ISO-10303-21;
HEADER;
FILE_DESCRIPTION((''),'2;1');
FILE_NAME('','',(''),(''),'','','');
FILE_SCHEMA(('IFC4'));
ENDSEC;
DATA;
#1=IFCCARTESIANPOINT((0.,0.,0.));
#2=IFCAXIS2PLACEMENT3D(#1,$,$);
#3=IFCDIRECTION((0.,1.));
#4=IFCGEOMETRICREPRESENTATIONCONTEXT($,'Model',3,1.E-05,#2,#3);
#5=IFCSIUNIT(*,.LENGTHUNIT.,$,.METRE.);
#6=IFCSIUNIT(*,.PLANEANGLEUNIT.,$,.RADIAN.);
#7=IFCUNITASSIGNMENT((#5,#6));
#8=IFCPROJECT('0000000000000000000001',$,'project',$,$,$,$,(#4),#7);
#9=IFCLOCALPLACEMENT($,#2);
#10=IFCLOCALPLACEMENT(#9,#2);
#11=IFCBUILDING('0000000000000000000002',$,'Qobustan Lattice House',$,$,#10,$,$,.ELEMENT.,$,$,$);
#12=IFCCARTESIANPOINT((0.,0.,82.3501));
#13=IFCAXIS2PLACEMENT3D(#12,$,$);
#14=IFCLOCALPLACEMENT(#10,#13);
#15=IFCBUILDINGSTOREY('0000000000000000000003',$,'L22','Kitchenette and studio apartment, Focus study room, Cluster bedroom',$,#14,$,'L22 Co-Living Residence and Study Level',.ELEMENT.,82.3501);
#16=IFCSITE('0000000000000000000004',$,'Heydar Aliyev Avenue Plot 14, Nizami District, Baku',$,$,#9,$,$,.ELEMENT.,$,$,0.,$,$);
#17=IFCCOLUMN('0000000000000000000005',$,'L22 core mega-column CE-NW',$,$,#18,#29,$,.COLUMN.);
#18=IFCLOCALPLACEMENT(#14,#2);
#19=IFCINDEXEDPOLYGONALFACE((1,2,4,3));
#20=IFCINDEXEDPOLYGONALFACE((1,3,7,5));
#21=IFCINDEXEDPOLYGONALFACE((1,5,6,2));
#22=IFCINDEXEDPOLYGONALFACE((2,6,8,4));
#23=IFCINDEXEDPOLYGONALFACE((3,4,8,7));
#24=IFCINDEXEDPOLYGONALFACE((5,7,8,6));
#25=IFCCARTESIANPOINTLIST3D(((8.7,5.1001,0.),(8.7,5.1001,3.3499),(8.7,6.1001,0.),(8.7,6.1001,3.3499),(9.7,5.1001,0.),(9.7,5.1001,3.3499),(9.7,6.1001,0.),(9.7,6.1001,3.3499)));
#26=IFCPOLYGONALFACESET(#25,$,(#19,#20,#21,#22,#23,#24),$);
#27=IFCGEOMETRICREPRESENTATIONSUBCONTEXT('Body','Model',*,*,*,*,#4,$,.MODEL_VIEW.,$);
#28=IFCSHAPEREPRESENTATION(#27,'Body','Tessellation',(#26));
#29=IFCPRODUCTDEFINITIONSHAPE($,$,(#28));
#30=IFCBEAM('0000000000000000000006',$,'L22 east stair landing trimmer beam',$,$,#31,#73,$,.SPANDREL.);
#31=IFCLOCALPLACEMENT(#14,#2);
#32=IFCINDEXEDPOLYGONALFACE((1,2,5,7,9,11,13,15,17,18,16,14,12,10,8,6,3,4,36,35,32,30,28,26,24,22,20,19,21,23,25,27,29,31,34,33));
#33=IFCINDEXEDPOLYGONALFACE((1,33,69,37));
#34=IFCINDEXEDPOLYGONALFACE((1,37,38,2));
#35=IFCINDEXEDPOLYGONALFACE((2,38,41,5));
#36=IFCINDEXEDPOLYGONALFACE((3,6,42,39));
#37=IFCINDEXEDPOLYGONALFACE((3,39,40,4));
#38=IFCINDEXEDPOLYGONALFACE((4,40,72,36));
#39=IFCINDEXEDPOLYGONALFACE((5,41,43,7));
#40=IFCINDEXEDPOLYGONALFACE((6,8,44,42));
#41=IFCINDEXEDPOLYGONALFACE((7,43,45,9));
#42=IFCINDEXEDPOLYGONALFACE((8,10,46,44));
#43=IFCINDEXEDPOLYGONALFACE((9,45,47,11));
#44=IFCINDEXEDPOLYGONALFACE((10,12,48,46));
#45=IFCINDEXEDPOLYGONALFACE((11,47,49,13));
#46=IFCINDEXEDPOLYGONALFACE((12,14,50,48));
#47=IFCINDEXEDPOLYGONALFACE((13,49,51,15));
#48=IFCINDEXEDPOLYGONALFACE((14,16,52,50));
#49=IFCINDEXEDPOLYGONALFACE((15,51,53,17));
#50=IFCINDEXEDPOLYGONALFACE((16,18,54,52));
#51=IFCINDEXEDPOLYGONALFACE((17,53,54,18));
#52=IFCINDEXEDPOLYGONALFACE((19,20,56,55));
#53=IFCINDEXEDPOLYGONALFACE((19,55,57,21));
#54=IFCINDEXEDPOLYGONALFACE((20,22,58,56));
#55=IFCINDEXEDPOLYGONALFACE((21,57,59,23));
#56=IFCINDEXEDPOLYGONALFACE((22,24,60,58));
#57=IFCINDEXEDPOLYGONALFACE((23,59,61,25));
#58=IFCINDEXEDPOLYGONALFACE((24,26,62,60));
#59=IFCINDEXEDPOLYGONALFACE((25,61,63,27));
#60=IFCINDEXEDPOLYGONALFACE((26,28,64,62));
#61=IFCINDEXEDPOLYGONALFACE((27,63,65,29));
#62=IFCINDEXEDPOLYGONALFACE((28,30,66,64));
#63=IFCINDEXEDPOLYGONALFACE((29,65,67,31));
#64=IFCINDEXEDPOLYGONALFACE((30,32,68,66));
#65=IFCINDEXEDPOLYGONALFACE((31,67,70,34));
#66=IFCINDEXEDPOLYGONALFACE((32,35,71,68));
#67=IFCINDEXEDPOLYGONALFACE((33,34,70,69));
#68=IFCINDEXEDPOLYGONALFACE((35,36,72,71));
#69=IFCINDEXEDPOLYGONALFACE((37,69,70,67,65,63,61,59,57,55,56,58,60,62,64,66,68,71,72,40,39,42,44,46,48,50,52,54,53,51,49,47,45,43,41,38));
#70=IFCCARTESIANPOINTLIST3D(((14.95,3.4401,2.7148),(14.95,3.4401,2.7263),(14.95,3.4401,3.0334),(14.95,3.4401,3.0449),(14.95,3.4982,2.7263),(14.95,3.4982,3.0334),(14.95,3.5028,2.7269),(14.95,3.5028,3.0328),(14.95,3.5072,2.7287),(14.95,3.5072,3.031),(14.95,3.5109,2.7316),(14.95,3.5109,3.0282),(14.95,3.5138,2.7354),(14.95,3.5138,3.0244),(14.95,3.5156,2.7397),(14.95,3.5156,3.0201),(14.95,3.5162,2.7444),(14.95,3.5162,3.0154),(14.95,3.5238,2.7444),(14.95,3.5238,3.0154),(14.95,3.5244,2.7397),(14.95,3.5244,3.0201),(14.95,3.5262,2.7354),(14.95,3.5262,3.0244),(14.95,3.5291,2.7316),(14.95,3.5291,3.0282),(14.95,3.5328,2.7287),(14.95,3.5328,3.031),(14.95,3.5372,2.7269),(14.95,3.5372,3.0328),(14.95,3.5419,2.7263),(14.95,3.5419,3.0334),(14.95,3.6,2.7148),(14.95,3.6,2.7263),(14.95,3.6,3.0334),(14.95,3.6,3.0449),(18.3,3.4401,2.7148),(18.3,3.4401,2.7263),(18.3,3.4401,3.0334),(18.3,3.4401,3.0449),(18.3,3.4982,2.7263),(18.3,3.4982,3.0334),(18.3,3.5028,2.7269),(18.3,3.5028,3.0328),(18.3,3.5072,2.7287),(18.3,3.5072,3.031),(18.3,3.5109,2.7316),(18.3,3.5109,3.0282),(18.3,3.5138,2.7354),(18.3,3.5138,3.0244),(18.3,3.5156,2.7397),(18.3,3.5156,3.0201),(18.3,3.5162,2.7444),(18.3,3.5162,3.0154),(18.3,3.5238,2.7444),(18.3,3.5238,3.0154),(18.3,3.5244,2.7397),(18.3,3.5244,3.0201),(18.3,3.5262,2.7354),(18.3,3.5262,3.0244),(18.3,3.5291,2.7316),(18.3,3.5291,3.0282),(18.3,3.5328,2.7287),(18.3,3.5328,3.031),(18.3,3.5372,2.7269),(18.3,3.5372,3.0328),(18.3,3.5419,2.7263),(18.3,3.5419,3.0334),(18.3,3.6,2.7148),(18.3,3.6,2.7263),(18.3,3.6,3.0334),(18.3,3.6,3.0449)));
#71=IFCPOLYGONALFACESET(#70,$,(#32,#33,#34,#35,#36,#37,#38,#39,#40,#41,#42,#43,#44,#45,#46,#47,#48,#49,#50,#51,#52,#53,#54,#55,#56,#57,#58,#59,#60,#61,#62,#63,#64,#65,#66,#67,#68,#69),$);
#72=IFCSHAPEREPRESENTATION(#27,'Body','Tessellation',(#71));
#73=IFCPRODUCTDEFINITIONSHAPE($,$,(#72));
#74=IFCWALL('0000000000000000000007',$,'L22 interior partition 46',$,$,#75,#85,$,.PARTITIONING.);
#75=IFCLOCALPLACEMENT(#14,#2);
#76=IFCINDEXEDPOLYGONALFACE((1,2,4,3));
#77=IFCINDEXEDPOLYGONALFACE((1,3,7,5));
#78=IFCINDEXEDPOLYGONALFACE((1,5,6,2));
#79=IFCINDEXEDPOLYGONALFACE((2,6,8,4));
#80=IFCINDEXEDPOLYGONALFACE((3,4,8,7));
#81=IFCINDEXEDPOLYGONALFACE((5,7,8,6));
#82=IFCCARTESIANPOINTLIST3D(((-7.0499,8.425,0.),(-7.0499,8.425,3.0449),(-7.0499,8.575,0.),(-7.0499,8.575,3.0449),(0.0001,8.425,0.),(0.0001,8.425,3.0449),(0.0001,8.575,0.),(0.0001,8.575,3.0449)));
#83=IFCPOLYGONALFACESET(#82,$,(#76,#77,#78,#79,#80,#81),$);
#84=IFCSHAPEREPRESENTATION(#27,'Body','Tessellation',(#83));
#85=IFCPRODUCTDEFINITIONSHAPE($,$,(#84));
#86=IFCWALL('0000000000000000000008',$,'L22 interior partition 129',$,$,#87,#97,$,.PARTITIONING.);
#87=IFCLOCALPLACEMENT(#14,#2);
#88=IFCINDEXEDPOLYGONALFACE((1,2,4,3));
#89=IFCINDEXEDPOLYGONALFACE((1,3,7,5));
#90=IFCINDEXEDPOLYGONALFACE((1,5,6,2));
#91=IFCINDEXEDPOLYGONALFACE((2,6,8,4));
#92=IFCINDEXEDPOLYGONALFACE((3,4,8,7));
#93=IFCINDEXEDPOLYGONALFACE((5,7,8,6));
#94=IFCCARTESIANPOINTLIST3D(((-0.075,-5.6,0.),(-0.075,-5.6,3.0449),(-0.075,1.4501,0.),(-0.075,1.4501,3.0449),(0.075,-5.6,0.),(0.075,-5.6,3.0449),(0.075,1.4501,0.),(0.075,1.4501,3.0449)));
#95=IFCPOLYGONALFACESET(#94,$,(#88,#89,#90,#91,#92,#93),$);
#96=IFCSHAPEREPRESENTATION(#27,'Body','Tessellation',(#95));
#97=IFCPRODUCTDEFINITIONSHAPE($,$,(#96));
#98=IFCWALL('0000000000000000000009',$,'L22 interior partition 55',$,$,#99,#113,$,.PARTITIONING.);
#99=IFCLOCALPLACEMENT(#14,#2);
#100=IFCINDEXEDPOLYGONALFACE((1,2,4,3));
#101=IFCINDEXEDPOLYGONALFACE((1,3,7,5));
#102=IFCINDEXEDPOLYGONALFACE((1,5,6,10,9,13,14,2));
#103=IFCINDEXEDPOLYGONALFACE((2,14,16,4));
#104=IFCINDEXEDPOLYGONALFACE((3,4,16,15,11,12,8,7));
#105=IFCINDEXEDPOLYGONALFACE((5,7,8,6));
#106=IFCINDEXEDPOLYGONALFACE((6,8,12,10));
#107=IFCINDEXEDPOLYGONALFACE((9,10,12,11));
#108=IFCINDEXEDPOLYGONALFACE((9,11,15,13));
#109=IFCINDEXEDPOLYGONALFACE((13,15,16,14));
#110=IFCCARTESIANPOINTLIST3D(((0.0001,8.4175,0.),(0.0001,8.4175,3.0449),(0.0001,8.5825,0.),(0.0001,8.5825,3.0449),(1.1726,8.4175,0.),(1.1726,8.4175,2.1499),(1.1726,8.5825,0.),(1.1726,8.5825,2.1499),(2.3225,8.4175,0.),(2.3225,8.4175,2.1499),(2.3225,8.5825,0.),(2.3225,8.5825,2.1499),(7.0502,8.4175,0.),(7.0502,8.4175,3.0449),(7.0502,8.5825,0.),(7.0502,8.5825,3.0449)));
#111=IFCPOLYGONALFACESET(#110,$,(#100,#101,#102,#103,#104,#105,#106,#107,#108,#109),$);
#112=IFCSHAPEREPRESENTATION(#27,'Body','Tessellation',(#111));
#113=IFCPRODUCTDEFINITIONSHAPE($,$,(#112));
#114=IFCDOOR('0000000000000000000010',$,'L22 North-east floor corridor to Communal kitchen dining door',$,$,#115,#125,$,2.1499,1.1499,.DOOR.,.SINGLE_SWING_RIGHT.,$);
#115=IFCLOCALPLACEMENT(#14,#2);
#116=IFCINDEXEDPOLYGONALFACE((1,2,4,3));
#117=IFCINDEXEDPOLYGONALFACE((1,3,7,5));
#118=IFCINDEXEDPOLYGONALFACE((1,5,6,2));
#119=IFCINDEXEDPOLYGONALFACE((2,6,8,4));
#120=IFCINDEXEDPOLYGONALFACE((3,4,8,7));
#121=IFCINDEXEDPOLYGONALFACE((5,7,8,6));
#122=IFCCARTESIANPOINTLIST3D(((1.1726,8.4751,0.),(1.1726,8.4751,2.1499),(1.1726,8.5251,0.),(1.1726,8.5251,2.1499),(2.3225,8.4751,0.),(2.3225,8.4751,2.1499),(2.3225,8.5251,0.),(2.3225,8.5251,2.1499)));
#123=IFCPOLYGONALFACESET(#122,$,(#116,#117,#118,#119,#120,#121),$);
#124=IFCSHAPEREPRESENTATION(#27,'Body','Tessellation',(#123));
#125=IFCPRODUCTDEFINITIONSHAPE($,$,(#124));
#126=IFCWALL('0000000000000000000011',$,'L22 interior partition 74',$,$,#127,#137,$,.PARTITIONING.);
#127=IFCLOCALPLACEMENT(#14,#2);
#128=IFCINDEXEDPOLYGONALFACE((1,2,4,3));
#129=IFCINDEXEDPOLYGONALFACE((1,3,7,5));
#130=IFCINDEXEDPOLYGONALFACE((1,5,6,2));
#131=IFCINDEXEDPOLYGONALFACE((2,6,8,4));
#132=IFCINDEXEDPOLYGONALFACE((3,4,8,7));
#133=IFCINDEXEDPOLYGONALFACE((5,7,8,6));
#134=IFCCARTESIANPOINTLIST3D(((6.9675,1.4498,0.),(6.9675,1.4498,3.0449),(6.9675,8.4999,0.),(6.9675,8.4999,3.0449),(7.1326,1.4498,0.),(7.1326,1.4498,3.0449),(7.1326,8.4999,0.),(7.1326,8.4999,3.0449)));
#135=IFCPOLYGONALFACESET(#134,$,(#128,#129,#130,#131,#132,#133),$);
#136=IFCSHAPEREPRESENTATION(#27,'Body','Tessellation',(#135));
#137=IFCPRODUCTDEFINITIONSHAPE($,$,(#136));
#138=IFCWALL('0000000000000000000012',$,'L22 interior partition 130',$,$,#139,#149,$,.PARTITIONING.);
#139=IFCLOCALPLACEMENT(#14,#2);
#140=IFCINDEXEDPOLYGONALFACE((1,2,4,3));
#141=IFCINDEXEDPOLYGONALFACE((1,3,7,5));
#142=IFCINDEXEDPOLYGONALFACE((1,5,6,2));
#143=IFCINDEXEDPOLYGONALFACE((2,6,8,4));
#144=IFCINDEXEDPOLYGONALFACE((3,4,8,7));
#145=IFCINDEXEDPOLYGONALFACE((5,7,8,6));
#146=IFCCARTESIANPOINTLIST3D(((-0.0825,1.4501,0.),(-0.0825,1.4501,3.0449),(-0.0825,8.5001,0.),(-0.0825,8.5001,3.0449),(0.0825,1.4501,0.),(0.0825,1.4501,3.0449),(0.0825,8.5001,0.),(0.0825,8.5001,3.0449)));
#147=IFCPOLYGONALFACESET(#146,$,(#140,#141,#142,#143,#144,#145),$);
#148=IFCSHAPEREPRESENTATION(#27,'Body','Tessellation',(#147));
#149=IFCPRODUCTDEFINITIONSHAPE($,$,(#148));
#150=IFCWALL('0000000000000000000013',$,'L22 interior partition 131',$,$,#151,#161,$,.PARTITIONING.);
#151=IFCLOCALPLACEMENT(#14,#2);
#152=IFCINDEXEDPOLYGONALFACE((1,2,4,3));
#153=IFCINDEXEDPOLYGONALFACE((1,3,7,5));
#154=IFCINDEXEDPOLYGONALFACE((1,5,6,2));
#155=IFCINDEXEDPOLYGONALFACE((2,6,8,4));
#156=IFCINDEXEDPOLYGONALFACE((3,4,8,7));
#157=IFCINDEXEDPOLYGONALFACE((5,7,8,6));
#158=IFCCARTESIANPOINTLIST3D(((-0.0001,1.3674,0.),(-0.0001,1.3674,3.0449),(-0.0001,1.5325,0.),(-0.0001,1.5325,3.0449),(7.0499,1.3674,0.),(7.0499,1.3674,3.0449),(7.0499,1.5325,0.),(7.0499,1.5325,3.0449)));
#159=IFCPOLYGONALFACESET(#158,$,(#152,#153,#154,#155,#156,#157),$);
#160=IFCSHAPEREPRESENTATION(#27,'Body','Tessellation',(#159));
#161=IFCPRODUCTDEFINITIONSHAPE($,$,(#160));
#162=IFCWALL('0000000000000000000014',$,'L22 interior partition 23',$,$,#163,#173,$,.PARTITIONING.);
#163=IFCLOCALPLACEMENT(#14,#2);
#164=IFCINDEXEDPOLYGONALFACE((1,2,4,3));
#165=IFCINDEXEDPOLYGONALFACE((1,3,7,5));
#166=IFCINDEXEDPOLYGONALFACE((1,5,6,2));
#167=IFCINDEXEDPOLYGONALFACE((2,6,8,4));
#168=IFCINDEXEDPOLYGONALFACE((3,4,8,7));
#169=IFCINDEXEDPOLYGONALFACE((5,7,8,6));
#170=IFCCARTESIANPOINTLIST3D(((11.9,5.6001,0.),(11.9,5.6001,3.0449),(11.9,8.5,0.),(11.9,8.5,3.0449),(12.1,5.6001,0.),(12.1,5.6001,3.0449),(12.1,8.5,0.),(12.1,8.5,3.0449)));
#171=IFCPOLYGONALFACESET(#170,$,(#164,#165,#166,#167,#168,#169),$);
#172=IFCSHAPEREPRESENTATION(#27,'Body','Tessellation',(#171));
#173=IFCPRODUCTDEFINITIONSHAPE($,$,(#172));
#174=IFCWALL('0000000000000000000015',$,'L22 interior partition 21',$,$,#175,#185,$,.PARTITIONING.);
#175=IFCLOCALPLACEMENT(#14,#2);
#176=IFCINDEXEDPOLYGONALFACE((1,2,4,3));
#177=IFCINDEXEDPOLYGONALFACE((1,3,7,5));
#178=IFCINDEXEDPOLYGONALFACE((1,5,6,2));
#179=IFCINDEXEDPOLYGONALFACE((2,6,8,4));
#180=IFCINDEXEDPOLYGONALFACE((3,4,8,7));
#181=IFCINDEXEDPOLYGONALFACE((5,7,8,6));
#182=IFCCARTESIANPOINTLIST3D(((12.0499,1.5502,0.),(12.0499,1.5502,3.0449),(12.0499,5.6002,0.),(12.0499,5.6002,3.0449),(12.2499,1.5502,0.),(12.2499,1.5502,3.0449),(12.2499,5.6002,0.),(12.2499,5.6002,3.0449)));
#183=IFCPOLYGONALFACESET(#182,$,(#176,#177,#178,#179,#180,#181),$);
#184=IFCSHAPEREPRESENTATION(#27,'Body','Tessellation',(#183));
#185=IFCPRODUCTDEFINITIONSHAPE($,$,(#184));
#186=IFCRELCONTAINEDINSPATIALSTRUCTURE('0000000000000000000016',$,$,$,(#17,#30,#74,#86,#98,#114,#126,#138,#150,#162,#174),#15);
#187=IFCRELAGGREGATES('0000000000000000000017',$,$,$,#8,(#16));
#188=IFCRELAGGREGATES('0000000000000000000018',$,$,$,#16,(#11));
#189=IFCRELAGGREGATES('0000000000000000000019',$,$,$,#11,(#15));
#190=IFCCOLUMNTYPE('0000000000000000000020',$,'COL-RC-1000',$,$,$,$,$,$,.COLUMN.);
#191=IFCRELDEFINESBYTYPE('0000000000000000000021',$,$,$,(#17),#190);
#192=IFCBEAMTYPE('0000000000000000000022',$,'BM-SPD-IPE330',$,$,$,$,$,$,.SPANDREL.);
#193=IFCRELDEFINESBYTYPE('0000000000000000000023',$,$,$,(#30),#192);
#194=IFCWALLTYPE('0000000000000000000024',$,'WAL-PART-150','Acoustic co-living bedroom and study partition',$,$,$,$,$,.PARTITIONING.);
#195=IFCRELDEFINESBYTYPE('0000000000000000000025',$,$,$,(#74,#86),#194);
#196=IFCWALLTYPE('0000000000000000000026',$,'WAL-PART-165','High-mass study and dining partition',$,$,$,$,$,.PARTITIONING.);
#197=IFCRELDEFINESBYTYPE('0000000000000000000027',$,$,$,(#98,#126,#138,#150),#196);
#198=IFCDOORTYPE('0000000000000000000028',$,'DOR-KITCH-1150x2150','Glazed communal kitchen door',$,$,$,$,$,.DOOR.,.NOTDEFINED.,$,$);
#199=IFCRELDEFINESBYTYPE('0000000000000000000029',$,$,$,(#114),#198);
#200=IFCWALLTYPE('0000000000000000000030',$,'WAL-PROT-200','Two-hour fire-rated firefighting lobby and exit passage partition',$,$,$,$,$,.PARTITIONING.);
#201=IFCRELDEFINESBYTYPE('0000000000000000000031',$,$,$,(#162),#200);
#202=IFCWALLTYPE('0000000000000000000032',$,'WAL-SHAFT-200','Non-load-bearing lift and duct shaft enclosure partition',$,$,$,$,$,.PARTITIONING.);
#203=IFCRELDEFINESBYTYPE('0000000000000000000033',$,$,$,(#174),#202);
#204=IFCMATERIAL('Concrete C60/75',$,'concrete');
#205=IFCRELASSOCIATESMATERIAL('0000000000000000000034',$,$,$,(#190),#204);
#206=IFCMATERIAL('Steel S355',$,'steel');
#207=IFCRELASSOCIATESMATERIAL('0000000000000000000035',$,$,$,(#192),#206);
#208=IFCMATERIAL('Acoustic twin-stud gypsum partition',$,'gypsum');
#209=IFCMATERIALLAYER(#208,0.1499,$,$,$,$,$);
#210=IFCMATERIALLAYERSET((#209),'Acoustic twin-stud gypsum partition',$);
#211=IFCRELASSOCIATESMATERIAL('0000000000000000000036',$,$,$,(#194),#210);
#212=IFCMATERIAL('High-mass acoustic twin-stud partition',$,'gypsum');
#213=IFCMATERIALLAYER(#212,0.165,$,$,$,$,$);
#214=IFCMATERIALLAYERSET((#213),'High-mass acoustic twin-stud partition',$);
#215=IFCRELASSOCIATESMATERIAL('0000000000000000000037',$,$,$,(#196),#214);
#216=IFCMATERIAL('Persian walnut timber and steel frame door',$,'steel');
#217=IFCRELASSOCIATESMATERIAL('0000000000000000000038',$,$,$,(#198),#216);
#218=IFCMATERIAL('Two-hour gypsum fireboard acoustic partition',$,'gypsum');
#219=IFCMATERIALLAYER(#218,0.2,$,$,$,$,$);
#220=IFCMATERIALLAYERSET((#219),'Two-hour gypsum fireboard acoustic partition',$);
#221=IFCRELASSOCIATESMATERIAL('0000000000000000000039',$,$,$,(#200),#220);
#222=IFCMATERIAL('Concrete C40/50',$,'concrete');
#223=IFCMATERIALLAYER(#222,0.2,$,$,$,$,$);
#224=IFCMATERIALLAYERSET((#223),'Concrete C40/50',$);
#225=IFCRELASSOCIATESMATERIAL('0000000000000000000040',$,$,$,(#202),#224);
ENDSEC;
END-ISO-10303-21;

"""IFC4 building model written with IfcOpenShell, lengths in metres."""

from ifc_helpers import new_model, si_unit, direction, frame, frame_2d, origin, origin_2d, place, context, subcontext, project, spatial, rectangle, i_section, extrude, material, layer, layer_set, material_profile, profile_set, type_object, element, fill, save


model = new_model("IFC4")

# Units and contexts
model_context = context("Model", 3, precision=1e-05, world=origin(), true_north=direction((0.0, 1.0)))
body_context = subcontext(model_context, "Body", "Model", "MODEL_VIEW")
ifc_project = project(units=[si_unit("LENGTHUNIT", "METRE"), si_unit("PLANEANGLEUNIT", "RADIAN")], contexts=[model_context])

# Site, building, storey
site_placement = place(None, origin())
site = spatial("IfcSite", under=ifc_project, at=site_placement, Name="Heydar Aliyev Avenue Plot 14, Nizami District, Baku", CompositionType="ELEMENT", RefElevation=0.0)
building_placement = place(site_placement, origin())
building = spatial("IfcBuilding", under=site, at=building_placement, Name="Qobustan Lattice House", CompositionType="ELEMENT")
storey_placement = place(building_placement, frame((0.0, 0.0, 82.3501)))
storey = spatial("IfcBuildingStorey", under=building, at=storey_placement, Name="L22", Description="Kitchenette and studio apartment, Focus study room, Cluster bedroom", LongName="L22 Co-Living Residence and Study Level", CompositionType="ELEMENT", Elevation=82.3501)

# Column
ifc_material_1 = material(Name="Concrete C60/75", Category="concrete")
ifc_material_profile_1 = material_profile(ifc_material_1, rectangle(XDim=1.0, YDim=1.0, at=origin_2d()), Name="RC1000x1000")
ifc_profile_set_1 = profile_set([ifc_material_profile_1], Name="Concrete C60/75")
column_type = type_object("IfcColumnType", Name="COL-RC-1000", PredefinedType="COLUMN", material=ifc_profile_set_1)
column_placement = place(storey_placement, frame((9.2, 5.6001, 0.0), z_axis=(0.0, 0.0, 1.0), x_axis=(1.0, 0.0, 0.0)))
element("IfcColumn", 1, at=column_placement, inside=storey, type_object=column_type, Name="L22 core mega-column CE-NW", PredefinedType="COLUMN", context=body_context, shape_type="SweptSolid", body=[
    extrude(rectangle(XDim=1.0, YDim=1.0, at=origin_2d()), origin(), (0.0, 0.0, 1.0), 3.3499),
])

# Beam
ifc_material_2 = material(Name="Steel S355", Category="steel")
ifc_material_profile_2 = material_profile(ifc_material_2, i_section(OverallWidth=0.1599, OverallDepth=0.3301, WebThickness=0.0076, FlangeThickness=0.0115, FilletRadius=0.0181, at=origin_2d()), Name="IPE330")
ifc_profile_set_2 = profile_set([ifc_material_profile_2], Name="Steel S355")
beam_type = type_object("IfcBeamType", Name="BM-SPD-IPE330", PredefinedType="SPANDREL", material=ifc_profile_set_2)
beam_placement = place(storey_placement, frame((14.95, 3.52, 2.8799), z_axis=(1.0, 0.0, 0.0), x_axis=(0.0, 1.0, 0.0)))
element("IfcBeam", 2, at=beam_placement, inside=storey, type_object=beam_type, Name="L22 east stair landing trimmer beam", PredefinedType="SPANDREL", context=body_context, shape_type="SweptSolid", body=[
    extrude(i_section(OverallWidth=0.1599, OverallDepth=0.3301, WebThickness=0.0076, FlangeThickness=0.0115, FilletRadius=0.0181, at=origin_2d()), origin(), (0.0, 0.0, 1.0), 3.3501),
])

# Walls
ifc_material_3 = material(Name="Acoustic twin-stud gypsum partition", Category="gypsum")
ifc_layer_1 = layer(ifc_material_3, 0.1499)
ifc_layer_set_1 = layer_set([ifc_layer_1], Name="Acoustic twin-stud gypsum partition")
wall_type_1 = type_object("IfcWallType", Name="WAL-PART-150", Description="Acoustic co-living bedroom and study partition", PredefinedType="PARTITIONING", material=ifc_layer_set_1)
for number, where, z_axis, x_axis, name in (
    (3, (0.0, 8.5, 0.0), (0.0, 0.0, 1.0), (-1.0, 0.0, 0.0), "L22 interior partition 46"),
    (4, (0.0, 1.45, 0.0), (0.0, 0.0, 1.0), (0.0, -1.0, 0.0), "L22 interior partition 129"),
):
    element("IfcWall", number, at=place(storey_placement, frame(where, z_axis=z_axis, x_axis=x_axis)), inside=storey, type_object=wall_type_1, Name=name, PredefinedType="PARTITIONING", context=body_context, shape_type="SweptSolid", body=[
        extrude(rectangle(XDim=7.05, YDim=0.1499, at=frame_2d((3.5249, 0.0))), origin(), (0.0, 0.0, 1.0), 3.0449),
    ])

# Wall, opening, door
ifc_material_4 = material(Name="High-mass acoustic twin-stud partition", Category="gypsum")
ifc_layer_2 = layer(ifc_material_4, 0.165)
ifc_layer_set_2 = layer_set([ifc_layer_2], Name="High-mass acoustic twin-stud partition")
wall_type_2 = type_object("IfcWallType", Name="WAL-PART-165", Description="High-mass study and dining partition", PredefinedType="PARTITIONING", material=ifc_layer_set_2)
wall_1_placement = place(storey_placement, frame((7.05, 8.5, 0.0), z_axis=(0.0, 0.0, 1.0), x_axis=(-1.0, 0.0, 0.0)))
wall_1 = element("IfcWall", 5, at=wall_1_placement, inside=storey, type_object=wall_type_2, Name="L22 interior partition 55", PredefinedType="PARTITIONING", context=body_context, shape_type="SweptSolid", body=[
    extrude(rectangle(XDim=7.05, YDim=0.165, at=frame_2d((3.5249, 0.0))), origin(), (0.0, 0.0, 1.0), 3.0449),
])
opening_1_placement = place(wall_1_placement, frame((4.7275, 0.0, 0.0)))
opening_1 = element("IfcOpeningElement", 6, at=opening_1_placement, cuts=wall_1, PredefinedType="OPENING", context=body_context, shape_type="SweptSolid", body=[
    extrude(rectangle(XDim=1.1499, YDim=2.1499, at=frame_2d((0.575, 1.075))), frame((0.0, 0.0925, 0.0), z_axis=(0.0, -1.0, 0.0), x_axis=(1.0, 0.0, 0.0)), (0.0, 0.0, 1.0), 0.1851),
])
ifc_material_5 = material(Name="Persian walnut timber and steel frame door", Category="steel")
door_type_1 = type_object("IfcDoorType", Name="DOR-KITCH-1150x2150", Description="Glazed communal kitchen door", OperationType="NOTDEFINED", PredefinedType="DOOR", material=ifc_material_5)
door_1_placement = place(opening_1_placement, origin())
door_1 = element("IfcDoor", 7, at=door_1_placement, inside=storey, type_object=door_type_1, Name="L22 North-east floor corridor to Communal kitchen dining door", OperationType="SINGLE_SWING_RIGHT", OverallHeight=2.1499, OverallWidth=1.1499, PredefinedType="DOOR", context=body_context, shape_type="SweptSolid", body=[
    extrude(rectangle(XDim=1.1499, YDim=2.1499, at=frame_2d((0.575, 1.075))), frame((0.0, 0.0249, 0.0), z_axis=(0.0, -1.0, 0.0), x_axis=(1.0, 0.0, 0.0)), (0.0, 0.0, 1.0), 0.05),
])
fill(opening_1, door_1)

# Walls
for number, where, z_axis, x_axis, name in (
    (8, (7.05, 1.45, 0.0), (0.0, 0.0, 1.0), (0.0, 1.0, 0.0), "L22 interior partition 74"),
    (9, (0.0, 8.5, 0.0), (0.0, 0.0, 1.0), (0.0, -1.0, 0.0), "L22 interior partition 130"),
    (10, (0.0, 1.45, 0.0), (0.0, 0.0, 1.0), (1.0, 0.0, 0.0), "L22 interior partition 131"),
):
    element("IfcWall", number, at=place(storey_placement, frame(where, z_axis=z_axis, x_axis=x_axis)), inside=storey, type_object=wall_type_2, Name=name, PredefinedType="PARTITIONING", context=body_context, shape_type="SweptSolid", body=[
        extrude(rectangle(XDim=7.05, YDim=0.165, at=frame_2d((3.5249, 0.0))), origin(), (0.0, 0.0, 1.0), 3.0449),
    ])
ifc_material_6 = material(Name="Two-hour gypsum fireboard acoustic partition", Category="gypsum")
ifc_layer_3 = layer(ifc_material_6, 0.2)
ifc_layer_set_3 = layer_set([ifc_layer_3], Name="Two-hour gypsum fireboard acoustic partition")
wall_type_3 = type_object("IfcWallType", Name="WAL-PROT-200", Description="Two-hour fire-rated firefighting lobby and exit passage partition", PredefinedType="PARTITIONING", material=ifc_layer_set_3)
wall_2_placement = place(storey_placement, frame((12.0, 8.5, 0.0), z_axis=(0.0, 0.0, 1.0), x_axis=(0.0, -1.0, 0.0)))
element("IfcWall", 11, at=wall_2_placement, inside=storey, type_object=wall_type_3, Name="L22 interior partition 23", PredefinedType="PARTITIONING", context=body_context, shape_type="SweptSolid", body=[
    extrude(rectangle(XDim=2.8999, YDim=0.2, at=frame_2d((1.45, 0.0))), origin(), (0.0, 0.0, 1.0), 3.0449),
])
ifc_material_7 = material(Name="Concrete C40/50", Category="concrete")
ifc_layer_4 = layer(ifc_material_7, 0.2)
ifc_layer_set_4 = layer_set([ifc_layer_4], Name="Concrete C40/50")
wall_type_4 = type_object("IfcWallType", Name="WAL-SHAFT-200", Description="Non-load-bearing lift and duct shaft enclosure partition", PredefinedType="PARTITIONING", material=ifc_layer_set_4)
wall_3_placement = place(storey_placement, frame((12.1499, 5.6001, 0.0), z_axis=(0.0, 0.0, 1.0), x_axis=(0.0, -1.0, 0.0)))
element("IfcWall", 12, at=wall_3_placement, inside=storey, type_object=wall_type_4, Name="L22 interior partition 21", PredefinedType="PARTITIONING", context=body_context, shape_type="SweptSolid", body=[
    extrude(rectangle(XDim=4.05, YDim=0.2, at=frame_2d((2.0249, 0.0))), origin(), (0.0, 0.0, 1.0), 3.0449),
])

save(model, "model.ifc")
